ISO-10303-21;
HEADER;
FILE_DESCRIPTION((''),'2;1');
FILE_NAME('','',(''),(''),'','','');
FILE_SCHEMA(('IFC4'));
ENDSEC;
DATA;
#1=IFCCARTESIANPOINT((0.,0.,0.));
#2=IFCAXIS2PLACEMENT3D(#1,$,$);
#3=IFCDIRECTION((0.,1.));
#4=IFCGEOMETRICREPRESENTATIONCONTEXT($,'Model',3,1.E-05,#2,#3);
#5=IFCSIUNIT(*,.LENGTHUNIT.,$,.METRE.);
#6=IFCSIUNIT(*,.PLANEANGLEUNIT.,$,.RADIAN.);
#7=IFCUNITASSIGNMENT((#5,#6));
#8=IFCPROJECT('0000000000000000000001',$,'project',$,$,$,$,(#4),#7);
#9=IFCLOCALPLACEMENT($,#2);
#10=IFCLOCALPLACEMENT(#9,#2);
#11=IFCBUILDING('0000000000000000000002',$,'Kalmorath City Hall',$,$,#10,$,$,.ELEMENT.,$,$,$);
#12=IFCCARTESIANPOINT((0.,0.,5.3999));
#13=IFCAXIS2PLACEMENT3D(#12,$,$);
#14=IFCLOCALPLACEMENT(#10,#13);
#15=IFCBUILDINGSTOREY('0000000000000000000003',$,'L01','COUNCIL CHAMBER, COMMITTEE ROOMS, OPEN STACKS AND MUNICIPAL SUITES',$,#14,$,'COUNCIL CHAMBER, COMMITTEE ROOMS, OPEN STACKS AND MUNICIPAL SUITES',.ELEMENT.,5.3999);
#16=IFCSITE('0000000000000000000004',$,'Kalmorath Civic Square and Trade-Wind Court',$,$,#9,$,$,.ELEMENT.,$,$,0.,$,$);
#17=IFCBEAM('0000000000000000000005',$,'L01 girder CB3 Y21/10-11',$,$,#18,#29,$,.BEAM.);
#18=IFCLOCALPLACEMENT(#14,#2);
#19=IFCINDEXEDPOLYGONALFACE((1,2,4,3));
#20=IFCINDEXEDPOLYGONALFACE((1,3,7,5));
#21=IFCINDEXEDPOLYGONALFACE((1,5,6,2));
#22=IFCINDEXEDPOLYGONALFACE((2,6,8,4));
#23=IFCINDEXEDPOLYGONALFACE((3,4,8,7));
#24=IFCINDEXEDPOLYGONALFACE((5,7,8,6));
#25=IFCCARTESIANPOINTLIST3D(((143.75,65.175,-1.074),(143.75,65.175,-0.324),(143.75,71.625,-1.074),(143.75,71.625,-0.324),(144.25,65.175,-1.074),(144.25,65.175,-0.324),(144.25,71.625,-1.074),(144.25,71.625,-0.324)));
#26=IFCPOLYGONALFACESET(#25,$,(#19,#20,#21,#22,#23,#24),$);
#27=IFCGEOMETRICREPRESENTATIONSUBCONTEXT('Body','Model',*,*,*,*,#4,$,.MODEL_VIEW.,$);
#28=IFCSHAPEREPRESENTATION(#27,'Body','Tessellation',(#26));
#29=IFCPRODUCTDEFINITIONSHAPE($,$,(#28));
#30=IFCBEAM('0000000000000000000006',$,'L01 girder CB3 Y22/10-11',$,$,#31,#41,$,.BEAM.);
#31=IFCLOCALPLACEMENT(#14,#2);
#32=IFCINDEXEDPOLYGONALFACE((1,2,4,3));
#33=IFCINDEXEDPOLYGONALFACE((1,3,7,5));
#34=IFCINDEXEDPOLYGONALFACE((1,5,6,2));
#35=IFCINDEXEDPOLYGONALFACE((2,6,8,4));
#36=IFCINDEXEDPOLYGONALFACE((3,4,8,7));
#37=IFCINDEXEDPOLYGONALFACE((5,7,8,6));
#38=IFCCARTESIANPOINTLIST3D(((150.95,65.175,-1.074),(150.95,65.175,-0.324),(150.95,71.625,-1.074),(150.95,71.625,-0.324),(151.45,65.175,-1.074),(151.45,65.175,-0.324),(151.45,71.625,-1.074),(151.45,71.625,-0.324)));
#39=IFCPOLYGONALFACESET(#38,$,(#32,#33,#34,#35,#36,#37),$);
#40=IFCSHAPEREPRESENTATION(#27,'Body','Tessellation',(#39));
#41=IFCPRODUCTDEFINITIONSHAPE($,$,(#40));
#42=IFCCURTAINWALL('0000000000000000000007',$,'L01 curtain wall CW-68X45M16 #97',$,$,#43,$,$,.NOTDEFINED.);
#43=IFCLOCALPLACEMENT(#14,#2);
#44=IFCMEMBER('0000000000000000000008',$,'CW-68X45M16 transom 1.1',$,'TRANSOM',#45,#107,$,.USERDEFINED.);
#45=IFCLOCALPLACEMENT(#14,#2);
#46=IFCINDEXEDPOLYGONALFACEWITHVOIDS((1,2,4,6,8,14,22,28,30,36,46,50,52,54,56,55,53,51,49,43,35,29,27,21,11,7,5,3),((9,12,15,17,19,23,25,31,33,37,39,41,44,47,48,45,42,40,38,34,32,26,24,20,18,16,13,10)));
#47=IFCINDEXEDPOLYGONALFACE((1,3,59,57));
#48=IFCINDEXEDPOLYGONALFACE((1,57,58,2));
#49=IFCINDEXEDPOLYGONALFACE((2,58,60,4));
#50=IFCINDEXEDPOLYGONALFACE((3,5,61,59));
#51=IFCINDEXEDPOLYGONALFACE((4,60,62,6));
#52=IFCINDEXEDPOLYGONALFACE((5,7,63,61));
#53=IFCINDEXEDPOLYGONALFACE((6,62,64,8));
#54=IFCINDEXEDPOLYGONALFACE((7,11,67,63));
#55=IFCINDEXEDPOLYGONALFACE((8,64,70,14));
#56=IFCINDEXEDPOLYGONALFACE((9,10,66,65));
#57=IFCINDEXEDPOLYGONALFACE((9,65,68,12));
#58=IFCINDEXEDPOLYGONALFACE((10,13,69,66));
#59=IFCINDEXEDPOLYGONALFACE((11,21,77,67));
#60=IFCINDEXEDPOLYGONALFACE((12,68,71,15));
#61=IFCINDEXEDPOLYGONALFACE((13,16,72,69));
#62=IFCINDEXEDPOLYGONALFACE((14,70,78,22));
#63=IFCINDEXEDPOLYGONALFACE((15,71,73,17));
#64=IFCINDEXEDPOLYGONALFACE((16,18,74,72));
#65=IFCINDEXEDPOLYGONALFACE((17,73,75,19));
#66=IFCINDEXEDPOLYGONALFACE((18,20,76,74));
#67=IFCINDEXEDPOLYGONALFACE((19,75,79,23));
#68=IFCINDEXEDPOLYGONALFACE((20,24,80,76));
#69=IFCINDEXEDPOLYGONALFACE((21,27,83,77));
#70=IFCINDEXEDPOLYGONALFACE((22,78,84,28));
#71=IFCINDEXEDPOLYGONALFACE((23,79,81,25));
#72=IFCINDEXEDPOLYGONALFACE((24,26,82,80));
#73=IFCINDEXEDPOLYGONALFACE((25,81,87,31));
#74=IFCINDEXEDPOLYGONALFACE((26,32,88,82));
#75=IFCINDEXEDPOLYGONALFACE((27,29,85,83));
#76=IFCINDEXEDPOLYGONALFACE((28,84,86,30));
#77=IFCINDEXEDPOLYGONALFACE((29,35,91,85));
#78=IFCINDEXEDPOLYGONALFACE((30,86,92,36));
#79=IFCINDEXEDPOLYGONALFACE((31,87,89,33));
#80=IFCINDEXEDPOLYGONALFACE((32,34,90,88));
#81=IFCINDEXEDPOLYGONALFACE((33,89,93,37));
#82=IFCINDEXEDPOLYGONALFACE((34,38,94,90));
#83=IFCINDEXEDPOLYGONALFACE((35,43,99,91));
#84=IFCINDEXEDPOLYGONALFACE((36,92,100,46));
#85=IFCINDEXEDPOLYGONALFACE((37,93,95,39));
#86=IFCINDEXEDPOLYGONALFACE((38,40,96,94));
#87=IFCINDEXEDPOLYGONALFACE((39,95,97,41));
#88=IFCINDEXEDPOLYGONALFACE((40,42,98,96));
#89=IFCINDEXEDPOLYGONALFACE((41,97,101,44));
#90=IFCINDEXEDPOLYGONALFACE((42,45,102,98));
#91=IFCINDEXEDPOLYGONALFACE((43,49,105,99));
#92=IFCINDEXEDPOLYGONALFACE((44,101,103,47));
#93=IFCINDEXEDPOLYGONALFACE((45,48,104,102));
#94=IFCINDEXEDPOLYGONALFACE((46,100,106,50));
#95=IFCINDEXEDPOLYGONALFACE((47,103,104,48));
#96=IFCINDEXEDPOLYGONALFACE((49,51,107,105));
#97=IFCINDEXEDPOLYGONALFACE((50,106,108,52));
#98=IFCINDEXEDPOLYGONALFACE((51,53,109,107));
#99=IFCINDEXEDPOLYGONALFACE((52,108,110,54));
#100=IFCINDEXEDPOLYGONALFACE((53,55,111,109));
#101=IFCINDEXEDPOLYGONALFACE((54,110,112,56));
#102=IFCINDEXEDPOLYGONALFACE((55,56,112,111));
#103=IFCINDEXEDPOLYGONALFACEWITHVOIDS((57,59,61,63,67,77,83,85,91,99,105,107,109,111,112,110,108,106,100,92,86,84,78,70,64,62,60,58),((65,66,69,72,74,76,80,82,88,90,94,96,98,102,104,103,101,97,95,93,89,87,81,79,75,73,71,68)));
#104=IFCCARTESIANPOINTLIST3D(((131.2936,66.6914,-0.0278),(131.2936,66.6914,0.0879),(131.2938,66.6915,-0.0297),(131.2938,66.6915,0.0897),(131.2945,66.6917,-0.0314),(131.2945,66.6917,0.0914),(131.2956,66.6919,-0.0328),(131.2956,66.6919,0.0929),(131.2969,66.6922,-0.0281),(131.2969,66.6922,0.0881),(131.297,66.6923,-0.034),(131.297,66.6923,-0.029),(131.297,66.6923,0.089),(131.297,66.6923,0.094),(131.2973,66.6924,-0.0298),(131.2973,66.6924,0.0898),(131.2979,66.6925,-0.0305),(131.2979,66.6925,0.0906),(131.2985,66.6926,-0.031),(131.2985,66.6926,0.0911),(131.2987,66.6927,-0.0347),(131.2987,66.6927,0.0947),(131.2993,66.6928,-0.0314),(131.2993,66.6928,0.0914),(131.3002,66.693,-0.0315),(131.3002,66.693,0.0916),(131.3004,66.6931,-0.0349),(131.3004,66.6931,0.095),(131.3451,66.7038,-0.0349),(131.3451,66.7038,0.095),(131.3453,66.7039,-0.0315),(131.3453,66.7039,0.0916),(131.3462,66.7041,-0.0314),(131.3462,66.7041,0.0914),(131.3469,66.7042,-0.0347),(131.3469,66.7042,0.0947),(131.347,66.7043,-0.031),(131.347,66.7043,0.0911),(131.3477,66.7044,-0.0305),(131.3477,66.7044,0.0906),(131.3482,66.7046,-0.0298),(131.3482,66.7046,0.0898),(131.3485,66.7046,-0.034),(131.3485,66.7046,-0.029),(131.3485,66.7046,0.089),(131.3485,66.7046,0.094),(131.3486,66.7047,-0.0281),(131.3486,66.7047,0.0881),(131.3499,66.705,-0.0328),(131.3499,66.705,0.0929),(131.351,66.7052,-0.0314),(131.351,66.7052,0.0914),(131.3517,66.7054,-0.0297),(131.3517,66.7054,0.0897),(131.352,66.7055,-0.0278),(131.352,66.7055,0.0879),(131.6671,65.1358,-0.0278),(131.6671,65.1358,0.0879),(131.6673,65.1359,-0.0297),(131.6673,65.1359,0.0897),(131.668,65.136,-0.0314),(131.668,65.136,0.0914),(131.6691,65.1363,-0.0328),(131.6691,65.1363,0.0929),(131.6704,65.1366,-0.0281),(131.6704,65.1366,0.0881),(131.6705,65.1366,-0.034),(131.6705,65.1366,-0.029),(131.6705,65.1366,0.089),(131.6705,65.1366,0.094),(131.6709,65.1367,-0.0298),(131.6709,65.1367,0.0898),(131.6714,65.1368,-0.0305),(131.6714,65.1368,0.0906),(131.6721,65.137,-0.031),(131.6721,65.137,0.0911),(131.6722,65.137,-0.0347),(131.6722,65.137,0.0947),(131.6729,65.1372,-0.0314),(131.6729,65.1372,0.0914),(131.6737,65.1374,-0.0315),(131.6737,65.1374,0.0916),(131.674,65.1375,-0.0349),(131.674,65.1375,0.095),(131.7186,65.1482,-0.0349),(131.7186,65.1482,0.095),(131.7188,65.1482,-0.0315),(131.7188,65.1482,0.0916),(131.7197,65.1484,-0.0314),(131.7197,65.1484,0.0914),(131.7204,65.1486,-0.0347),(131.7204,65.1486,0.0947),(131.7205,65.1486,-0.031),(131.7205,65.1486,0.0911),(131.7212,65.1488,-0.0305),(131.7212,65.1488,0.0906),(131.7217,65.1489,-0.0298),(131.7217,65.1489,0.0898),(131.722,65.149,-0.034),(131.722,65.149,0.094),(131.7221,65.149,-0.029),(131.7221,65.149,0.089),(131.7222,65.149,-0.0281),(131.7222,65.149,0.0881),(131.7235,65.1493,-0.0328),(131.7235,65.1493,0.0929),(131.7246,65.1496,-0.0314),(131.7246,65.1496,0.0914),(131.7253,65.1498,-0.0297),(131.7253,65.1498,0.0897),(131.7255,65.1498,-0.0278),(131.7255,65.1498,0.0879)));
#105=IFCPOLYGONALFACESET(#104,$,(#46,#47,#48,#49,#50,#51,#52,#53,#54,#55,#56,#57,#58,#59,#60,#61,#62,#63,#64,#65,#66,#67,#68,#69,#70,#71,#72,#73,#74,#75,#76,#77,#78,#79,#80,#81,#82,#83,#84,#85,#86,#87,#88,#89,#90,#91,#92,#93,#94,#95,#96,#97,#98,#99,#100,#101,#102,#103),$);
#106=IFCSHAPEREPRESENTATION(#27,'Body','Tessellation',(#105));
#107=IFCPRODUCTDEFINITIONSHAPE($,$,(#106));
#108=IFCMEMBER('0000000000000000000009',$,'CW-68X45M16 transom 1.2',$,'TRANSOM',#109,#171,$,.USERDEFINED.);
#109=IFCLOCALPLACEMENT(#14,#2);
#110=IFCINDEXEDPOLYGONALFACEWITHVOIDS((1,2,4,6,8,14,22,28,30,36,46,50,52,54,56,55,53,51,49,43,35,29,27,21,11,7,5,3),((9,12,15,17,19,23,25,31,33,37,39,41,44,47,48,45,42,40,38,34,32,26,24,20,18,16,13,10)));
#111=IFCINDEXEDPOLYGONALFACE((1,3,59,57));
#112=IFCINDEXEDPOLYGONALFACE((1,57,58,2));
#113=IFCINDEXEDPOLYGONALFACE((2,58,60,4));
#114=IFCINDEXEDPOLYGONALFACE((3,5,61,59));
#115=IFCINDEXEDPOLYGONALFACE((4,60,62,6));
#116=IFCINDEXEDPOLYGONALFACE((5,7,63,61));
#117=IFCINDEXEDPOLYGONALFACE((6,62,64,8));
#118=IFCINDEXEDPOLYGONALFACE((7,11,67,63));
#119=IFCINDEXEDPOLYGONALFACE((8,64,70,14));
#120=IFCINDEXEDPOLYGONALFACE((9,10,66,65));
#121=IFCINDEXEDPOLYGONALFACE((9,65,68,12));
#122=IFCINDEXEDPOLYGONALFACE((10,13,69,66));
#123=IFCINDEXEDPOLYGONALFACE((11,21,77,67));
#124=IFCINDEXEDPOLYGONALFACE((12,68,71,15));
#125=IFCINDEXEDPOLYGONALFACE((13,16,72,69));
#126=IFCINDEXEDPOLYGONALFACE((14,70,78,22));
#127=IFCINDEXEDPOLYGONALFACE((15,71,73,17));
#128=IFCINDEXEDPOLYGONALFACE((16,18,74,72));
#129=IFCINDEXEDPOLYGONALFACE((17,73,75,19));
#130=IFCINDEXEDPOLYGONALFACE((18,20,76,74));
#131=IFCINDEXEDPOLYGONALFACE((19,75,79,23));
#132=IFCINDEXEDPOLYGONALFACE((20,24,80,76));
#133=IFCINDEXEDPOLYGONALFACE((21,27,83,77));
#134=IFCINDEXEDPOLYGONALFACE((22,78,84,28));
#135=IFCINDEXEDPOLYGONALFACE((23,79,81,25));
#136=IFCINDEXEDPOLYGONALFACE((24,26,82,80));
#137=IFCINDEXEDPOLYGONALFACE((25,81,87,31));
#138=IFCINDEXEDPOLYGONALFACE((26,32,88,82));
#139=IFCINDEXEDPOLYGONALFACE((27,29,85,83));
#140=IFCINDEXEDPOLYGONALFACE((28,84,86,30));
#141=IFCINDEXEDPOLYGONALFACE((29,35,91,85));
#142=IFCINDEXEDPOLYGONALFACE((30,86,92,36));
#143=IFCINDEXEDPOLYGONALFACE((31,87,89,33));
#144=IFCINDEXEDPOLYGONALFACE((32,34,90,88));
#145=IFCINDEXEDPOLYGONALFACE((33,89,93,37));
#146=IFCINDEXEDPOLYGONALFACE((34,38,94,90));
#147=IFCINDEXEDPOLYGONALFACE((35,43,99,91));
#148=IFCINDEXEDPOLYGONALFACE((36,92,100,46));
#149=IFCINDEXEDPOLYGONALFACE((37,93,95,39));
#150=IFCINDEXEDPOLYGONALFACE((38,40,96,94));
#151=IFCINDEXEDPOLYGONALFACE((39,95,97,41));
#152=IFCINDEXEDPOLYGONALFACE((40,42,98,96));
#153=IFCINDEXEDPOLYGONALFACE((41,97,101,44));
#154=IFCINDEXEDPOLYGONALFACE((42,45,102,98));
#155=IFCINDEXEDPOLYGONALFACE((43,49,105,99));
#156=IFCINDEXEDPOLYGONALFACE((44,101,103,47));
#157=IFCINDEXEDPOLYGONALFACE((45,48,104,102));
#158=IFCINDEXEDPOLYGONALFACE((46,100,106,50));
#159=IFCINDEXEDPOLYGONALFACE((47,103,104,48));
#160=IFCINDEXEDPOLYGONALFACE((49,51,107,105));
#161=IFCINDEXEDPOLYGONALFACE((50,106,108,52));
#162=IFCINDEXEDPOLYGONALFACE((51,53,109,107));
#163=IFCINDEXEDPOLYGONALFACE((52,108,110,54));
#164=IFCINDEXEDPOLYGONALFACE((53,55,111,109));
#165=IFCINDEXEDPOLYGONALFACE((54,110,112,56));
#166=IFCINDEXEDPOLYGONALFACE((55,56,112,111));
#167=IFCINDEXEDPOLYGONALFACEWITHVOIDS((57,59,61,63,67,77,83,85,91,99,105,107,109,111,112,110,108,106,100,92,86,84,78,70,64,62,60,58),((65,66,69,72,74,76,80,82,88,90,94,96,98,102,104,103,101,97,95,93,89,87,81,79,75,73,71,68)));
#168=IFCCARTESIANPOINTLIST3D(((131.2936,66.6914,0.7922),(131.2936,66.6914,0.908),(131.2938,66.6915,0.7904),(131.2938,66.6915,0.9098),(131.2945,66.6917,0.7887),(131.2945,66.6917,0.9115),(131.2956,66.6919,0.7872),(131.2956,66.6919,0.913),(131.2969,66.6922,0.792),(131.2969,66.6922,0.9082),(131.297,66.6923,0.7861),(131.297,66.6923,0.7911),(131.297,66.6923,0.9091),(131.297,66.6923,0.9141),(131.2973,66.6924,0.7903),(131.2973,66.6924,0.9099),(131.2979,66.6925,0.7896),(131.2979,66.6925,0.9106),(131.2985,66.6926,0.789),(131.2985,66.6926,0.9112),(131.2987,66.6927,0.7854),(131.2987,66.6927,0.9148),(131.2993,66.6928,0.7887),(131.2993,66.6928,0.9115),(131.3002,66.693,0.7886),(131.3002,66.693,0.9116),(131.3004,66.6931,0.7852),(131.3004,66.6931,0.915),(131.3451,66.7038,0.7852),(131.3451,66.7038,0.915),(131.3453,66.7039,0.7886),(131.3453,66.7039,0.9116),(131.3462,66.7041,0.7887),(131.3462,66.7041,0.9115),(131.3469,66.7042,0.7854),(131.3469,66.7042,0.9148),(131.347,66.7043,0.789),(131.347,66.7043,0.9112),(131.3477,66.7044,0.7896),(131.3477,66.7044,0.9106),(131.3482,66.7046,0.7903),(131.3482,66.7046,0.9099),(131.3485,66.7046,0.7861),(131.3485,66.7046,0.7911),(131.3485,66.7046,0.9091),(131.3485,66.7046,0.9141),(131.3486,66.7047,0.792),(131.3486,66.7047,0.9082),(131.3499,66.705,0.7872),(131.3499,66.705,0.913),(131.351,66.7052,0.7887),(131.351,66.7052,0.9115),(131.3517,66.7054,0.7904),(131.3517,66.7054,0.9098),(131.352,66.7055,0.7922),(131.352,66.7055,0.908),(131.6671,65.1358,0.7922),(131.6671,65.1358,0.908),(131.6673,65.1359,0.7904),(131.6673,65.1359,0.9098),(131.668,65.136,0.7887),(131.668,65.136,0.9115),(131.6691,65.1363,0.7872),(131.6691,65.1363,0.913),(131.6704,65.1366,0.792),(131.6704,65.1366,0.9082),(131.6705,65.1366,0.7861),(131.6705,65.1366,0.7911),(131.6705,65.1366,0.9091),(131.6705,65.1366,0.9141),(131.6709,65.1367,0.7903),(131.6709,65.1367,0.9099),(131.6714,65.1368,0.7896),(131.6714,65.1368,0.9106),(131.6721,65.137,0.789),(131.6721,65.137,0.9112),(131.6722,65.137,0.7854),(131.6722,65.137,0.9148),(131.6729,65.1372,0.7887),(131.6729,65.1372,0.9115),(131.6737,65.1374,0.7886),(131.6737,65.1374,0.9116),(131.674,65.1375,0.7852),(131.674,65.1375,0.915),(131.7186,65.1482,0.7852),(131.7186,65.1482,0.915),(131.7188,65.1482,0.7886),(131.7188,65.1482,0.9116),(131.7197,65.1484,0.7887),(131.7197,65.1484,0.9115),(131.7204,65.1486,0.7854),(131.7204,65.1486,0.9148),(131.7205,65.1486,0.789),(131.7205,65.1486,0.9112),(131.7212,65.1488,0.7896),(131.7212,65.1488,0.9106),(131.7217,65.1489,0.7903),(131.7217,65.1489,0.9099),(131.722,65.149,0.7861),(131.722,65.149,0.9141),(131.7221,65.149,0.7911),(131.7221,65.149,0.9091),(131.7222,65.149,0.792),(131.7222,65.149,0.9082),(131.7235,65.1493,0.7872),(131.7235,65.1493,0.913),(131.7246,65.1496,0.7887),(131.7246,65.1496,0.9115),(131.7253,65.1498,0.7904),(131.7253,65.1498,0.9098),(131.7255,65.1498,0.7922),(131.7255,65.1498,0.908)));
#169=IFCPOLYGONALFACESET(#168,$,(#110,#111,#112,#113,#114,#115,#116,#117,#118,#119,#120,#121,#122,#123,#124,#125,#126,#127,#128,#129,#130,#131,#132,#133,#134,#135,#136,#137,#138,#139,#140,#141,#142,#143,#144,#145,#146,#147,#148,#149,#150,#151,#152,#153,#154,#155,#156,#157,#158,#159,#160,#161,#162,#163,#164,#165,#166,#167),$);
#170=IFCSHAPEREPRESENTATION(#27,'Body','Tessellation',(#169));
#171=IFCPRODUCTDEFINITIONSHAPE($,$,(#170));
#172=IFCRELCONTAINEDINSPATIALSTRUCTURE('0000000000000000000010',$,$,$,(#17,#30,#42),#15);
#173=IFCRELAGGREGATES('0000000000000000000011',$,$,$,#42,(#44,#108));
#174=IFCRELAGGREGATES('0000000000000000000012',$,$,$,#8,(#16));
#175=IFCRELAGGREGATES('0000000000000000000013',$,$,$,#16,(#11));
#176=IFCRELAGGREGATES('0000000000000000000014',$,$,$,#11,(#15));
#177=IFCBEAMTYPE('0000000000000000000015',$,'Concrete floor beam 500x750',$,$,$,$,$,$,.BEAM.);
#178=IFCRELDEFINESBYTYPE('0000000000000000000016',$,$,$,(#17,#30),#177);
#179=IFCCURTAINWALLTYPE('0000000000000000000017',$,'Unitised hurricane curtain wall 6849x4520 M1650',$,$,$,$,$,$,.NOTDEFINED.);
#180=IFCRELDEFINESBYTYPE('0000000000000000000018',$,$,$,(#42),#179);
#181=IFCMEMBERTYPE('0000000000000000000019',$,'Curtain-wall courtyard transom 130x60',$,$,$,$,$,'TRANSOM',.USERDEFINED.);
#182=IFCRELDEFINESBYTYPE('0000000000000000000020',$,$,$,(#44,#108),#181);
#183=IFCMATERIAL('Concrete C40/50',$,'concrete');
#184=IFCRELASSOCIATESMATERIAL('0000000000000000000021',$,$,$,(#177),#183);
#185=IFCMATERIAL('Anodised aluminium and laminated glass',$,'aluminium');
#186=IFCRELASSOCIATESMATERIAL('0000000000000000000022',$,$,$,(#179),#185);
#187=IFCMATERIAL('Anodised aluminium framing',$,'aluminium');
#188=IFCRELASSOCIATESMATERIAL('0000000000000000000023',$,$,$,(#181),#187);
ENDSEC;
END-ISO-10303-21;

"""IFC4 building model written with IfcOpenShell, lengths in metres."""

from ifc_helpers import new_model, si_unit, direction, frame, origin, origin_2d, place, context, subcontext, project, spatial, rectangle, hollow_rectangle, extrude, material, material_profile, profile_set, type_object, element, aggregate, save


model = new_model("IFC4")

# Units and contexts
model_context = context("Model", 3, precision=1e-05, world=origin(), true_north=direction((0.0, 1.0)))
body_context = subcontext(model_context, "Body", "Model", "MODEL_VIEW")
ifc_project = project(units=[si_unit("LENGTHUNIT", "METRE"), si_unit("PLANEANGLEUNIT", "RADIAN")], contexts=[model_context])

# Site, building, storey
site_placement = place(None, origin())
site = spatial("IfcSite", under=ifc_project, at=site_placement, Name="Kalmorath Civic Square and Trade-Wind Court", CompositionType="ELEMENT", RefElevation=0.0)
building_placement = place(site_placement, origin())
building = spatial("IfcBuilding", under=site, at=building_placement, Name="Kalmorath City Hall", CompositionType="ELEMENT")
storey_placement = place(building_placement, frame((0.0, 0.0, 5.3999)))
storey = spatial("IfcBuildingStorey", under=building, at=storey_placement, Name="L01", Description="COUNCIL CHAMBER, COMMITTEE ROOMS, OPEN STACKS AND MUNICIPAL SUITES", LongName="COUNCIL CHAMBER, COMMITTEE ROOMS, OPEN STACKS AND MUNICIPAL SUITES", CompositionType="ELEMENT", Elevation=5.3999)

# Beams
ifc_material_1 = material(Name="Concrete C40/50", Category="concrete")
ifc_material_profile_1 = material_profile(ifc_material_1, rectangle(XDim=0.5, YDim=0.75, at=origin_2d()), Name="RC-BM-500X750")
ifc_profile_set_1 = profile_set([ifc_material_profile_1], Name="Concrete C40/50")
beam_type_1 = type_object("IfcBeamType", Name="Concrete floor beam 500x750", PredefinedType="BEAM", material=ifc_profile_set_1)
for number, where, z_axis, x_axis, name in (
    (1, (144.0, 65.175, -0.699), (0.0, 1.0, 0.0), (-1.0, 0.0, 0.0), "L01 girder CB3 Y21/10-11"),
    (2, (151.2, 65.175, -0.699), (0.0, 1.0, 0.0), (-1.0, 0.0, 0.0), "L01 girder CB3 Y22/10-11"),
):
    element("IfcBeam", number, at=place(storey_placement, frame(where, z_axis=z_axis, x_axis=x_axis)), inside=storey, type_object=beam_type_1, Name=name, PredefinedType="BEAM", context=body_context, shape_type="SweptSolid", body=[
        extrude(rectangle(XDim=0.5, YDim=0.75, at=origin_2d()), origin(), (0.0, 0.0, 1.0), 6.45),
    ])

# Curtain wall, members
ifc_material_2 = material(Name="Anodised aluminium and laminated glass", Category="aluminium")
curtain_wall_type = type_object("IfcCurtainWallType", Name="Unitised hurricane curtain wall 6849x4520 M1650", PredefinedType="NOTDEFINED", material=ifc_material_2)
curtain_wall_1_placement = place(storey_placement, origin())
curtain_wall_1 = element("IfcCurtainWall", 3, at=curtain_wall_1_placement, inside=storey, type_object=curtain_wall_type, Name="L01 curtain wall CW-68X45M16 #97", PredefinedType="NOTDEFINED")
ifc_material_3 = material(Name="Anodised aluminium framing", Category="aluminium")
ifc_material_profile_2 = material_profile(ifc_material_3, hollow_rectangle(XDim=0.0601, YDim=0.1299, WallThickness=0.0034, InnerFilletRadius=0.0034, OuterFilletRadius=0.0071, at=origin_2d()), Name="ALU-TRN-130X60X3.5")
ifc_profile_set_2 = profile_set([ifc_material_profile_2], Name="Anodised aluminium framing")
member_type_1 = type_object("IfcMemberType", Name="Curtain-wall courtyard transom 130x60", ElementType="TRANSOM", PredefinedType="USERDEFINED", material=ifc_profile_set_2)
member_1_placement = place(storey_placement, frame((131.6963, 65.1428, 0.03), z_axis=(-0.233477, 0.972362, 0.0), x_axis=(-0.972362, -0.233477, 0.0)))
member_1 = element("IfcMember", 4, at=member_1_placement, type_object=member_type_1, Name="CW-68X45M16 transom 1.1", ObjectType="TRANSOM", PredefinedType="USERDEFINED", context=body_context, shape_type="SweptSolid", body=[
    extrude(hollow_rectangle(XDim=0.0601, YDim=0.1299, WallThickness=0.0034, InnerFilletRadius=0.0034, OuterFilletRadius=0.0071, at=origin_2d()), origin(), (0.0, 0.0, 1.0), 1.5999),
])
member_2_placement = place(storey_placement, frame((131.6963, 65.1428, 0.8501), z_axis=(-0.233477, 0.972362, 0.0), x_axis=(-0.972362, -0.233477, 0.0)))
member_2 = element("IfcMember", 5, at=member_2_placement, type_object=member_type_1, Name="CW-68X45M16 transom 1.2", ObjectType="TRANSOM", PredefinedType="USERDEFINED", context=body_context, shape_type="SweptSolid", body=[
    extrude(hollow_rectangle(XDim=0.0601, YDim=0.1299, WallThickness=0.0034, InnerFilletRadius=0.0034, OuterFilletRadius=0.0071, at=origin_2d()), origin(), (0.0, 0.0, 1.0), 1.5999),
])

aggregate(curtain_wall_1, [member_1, member_2])

save(model, "model.ifc")
